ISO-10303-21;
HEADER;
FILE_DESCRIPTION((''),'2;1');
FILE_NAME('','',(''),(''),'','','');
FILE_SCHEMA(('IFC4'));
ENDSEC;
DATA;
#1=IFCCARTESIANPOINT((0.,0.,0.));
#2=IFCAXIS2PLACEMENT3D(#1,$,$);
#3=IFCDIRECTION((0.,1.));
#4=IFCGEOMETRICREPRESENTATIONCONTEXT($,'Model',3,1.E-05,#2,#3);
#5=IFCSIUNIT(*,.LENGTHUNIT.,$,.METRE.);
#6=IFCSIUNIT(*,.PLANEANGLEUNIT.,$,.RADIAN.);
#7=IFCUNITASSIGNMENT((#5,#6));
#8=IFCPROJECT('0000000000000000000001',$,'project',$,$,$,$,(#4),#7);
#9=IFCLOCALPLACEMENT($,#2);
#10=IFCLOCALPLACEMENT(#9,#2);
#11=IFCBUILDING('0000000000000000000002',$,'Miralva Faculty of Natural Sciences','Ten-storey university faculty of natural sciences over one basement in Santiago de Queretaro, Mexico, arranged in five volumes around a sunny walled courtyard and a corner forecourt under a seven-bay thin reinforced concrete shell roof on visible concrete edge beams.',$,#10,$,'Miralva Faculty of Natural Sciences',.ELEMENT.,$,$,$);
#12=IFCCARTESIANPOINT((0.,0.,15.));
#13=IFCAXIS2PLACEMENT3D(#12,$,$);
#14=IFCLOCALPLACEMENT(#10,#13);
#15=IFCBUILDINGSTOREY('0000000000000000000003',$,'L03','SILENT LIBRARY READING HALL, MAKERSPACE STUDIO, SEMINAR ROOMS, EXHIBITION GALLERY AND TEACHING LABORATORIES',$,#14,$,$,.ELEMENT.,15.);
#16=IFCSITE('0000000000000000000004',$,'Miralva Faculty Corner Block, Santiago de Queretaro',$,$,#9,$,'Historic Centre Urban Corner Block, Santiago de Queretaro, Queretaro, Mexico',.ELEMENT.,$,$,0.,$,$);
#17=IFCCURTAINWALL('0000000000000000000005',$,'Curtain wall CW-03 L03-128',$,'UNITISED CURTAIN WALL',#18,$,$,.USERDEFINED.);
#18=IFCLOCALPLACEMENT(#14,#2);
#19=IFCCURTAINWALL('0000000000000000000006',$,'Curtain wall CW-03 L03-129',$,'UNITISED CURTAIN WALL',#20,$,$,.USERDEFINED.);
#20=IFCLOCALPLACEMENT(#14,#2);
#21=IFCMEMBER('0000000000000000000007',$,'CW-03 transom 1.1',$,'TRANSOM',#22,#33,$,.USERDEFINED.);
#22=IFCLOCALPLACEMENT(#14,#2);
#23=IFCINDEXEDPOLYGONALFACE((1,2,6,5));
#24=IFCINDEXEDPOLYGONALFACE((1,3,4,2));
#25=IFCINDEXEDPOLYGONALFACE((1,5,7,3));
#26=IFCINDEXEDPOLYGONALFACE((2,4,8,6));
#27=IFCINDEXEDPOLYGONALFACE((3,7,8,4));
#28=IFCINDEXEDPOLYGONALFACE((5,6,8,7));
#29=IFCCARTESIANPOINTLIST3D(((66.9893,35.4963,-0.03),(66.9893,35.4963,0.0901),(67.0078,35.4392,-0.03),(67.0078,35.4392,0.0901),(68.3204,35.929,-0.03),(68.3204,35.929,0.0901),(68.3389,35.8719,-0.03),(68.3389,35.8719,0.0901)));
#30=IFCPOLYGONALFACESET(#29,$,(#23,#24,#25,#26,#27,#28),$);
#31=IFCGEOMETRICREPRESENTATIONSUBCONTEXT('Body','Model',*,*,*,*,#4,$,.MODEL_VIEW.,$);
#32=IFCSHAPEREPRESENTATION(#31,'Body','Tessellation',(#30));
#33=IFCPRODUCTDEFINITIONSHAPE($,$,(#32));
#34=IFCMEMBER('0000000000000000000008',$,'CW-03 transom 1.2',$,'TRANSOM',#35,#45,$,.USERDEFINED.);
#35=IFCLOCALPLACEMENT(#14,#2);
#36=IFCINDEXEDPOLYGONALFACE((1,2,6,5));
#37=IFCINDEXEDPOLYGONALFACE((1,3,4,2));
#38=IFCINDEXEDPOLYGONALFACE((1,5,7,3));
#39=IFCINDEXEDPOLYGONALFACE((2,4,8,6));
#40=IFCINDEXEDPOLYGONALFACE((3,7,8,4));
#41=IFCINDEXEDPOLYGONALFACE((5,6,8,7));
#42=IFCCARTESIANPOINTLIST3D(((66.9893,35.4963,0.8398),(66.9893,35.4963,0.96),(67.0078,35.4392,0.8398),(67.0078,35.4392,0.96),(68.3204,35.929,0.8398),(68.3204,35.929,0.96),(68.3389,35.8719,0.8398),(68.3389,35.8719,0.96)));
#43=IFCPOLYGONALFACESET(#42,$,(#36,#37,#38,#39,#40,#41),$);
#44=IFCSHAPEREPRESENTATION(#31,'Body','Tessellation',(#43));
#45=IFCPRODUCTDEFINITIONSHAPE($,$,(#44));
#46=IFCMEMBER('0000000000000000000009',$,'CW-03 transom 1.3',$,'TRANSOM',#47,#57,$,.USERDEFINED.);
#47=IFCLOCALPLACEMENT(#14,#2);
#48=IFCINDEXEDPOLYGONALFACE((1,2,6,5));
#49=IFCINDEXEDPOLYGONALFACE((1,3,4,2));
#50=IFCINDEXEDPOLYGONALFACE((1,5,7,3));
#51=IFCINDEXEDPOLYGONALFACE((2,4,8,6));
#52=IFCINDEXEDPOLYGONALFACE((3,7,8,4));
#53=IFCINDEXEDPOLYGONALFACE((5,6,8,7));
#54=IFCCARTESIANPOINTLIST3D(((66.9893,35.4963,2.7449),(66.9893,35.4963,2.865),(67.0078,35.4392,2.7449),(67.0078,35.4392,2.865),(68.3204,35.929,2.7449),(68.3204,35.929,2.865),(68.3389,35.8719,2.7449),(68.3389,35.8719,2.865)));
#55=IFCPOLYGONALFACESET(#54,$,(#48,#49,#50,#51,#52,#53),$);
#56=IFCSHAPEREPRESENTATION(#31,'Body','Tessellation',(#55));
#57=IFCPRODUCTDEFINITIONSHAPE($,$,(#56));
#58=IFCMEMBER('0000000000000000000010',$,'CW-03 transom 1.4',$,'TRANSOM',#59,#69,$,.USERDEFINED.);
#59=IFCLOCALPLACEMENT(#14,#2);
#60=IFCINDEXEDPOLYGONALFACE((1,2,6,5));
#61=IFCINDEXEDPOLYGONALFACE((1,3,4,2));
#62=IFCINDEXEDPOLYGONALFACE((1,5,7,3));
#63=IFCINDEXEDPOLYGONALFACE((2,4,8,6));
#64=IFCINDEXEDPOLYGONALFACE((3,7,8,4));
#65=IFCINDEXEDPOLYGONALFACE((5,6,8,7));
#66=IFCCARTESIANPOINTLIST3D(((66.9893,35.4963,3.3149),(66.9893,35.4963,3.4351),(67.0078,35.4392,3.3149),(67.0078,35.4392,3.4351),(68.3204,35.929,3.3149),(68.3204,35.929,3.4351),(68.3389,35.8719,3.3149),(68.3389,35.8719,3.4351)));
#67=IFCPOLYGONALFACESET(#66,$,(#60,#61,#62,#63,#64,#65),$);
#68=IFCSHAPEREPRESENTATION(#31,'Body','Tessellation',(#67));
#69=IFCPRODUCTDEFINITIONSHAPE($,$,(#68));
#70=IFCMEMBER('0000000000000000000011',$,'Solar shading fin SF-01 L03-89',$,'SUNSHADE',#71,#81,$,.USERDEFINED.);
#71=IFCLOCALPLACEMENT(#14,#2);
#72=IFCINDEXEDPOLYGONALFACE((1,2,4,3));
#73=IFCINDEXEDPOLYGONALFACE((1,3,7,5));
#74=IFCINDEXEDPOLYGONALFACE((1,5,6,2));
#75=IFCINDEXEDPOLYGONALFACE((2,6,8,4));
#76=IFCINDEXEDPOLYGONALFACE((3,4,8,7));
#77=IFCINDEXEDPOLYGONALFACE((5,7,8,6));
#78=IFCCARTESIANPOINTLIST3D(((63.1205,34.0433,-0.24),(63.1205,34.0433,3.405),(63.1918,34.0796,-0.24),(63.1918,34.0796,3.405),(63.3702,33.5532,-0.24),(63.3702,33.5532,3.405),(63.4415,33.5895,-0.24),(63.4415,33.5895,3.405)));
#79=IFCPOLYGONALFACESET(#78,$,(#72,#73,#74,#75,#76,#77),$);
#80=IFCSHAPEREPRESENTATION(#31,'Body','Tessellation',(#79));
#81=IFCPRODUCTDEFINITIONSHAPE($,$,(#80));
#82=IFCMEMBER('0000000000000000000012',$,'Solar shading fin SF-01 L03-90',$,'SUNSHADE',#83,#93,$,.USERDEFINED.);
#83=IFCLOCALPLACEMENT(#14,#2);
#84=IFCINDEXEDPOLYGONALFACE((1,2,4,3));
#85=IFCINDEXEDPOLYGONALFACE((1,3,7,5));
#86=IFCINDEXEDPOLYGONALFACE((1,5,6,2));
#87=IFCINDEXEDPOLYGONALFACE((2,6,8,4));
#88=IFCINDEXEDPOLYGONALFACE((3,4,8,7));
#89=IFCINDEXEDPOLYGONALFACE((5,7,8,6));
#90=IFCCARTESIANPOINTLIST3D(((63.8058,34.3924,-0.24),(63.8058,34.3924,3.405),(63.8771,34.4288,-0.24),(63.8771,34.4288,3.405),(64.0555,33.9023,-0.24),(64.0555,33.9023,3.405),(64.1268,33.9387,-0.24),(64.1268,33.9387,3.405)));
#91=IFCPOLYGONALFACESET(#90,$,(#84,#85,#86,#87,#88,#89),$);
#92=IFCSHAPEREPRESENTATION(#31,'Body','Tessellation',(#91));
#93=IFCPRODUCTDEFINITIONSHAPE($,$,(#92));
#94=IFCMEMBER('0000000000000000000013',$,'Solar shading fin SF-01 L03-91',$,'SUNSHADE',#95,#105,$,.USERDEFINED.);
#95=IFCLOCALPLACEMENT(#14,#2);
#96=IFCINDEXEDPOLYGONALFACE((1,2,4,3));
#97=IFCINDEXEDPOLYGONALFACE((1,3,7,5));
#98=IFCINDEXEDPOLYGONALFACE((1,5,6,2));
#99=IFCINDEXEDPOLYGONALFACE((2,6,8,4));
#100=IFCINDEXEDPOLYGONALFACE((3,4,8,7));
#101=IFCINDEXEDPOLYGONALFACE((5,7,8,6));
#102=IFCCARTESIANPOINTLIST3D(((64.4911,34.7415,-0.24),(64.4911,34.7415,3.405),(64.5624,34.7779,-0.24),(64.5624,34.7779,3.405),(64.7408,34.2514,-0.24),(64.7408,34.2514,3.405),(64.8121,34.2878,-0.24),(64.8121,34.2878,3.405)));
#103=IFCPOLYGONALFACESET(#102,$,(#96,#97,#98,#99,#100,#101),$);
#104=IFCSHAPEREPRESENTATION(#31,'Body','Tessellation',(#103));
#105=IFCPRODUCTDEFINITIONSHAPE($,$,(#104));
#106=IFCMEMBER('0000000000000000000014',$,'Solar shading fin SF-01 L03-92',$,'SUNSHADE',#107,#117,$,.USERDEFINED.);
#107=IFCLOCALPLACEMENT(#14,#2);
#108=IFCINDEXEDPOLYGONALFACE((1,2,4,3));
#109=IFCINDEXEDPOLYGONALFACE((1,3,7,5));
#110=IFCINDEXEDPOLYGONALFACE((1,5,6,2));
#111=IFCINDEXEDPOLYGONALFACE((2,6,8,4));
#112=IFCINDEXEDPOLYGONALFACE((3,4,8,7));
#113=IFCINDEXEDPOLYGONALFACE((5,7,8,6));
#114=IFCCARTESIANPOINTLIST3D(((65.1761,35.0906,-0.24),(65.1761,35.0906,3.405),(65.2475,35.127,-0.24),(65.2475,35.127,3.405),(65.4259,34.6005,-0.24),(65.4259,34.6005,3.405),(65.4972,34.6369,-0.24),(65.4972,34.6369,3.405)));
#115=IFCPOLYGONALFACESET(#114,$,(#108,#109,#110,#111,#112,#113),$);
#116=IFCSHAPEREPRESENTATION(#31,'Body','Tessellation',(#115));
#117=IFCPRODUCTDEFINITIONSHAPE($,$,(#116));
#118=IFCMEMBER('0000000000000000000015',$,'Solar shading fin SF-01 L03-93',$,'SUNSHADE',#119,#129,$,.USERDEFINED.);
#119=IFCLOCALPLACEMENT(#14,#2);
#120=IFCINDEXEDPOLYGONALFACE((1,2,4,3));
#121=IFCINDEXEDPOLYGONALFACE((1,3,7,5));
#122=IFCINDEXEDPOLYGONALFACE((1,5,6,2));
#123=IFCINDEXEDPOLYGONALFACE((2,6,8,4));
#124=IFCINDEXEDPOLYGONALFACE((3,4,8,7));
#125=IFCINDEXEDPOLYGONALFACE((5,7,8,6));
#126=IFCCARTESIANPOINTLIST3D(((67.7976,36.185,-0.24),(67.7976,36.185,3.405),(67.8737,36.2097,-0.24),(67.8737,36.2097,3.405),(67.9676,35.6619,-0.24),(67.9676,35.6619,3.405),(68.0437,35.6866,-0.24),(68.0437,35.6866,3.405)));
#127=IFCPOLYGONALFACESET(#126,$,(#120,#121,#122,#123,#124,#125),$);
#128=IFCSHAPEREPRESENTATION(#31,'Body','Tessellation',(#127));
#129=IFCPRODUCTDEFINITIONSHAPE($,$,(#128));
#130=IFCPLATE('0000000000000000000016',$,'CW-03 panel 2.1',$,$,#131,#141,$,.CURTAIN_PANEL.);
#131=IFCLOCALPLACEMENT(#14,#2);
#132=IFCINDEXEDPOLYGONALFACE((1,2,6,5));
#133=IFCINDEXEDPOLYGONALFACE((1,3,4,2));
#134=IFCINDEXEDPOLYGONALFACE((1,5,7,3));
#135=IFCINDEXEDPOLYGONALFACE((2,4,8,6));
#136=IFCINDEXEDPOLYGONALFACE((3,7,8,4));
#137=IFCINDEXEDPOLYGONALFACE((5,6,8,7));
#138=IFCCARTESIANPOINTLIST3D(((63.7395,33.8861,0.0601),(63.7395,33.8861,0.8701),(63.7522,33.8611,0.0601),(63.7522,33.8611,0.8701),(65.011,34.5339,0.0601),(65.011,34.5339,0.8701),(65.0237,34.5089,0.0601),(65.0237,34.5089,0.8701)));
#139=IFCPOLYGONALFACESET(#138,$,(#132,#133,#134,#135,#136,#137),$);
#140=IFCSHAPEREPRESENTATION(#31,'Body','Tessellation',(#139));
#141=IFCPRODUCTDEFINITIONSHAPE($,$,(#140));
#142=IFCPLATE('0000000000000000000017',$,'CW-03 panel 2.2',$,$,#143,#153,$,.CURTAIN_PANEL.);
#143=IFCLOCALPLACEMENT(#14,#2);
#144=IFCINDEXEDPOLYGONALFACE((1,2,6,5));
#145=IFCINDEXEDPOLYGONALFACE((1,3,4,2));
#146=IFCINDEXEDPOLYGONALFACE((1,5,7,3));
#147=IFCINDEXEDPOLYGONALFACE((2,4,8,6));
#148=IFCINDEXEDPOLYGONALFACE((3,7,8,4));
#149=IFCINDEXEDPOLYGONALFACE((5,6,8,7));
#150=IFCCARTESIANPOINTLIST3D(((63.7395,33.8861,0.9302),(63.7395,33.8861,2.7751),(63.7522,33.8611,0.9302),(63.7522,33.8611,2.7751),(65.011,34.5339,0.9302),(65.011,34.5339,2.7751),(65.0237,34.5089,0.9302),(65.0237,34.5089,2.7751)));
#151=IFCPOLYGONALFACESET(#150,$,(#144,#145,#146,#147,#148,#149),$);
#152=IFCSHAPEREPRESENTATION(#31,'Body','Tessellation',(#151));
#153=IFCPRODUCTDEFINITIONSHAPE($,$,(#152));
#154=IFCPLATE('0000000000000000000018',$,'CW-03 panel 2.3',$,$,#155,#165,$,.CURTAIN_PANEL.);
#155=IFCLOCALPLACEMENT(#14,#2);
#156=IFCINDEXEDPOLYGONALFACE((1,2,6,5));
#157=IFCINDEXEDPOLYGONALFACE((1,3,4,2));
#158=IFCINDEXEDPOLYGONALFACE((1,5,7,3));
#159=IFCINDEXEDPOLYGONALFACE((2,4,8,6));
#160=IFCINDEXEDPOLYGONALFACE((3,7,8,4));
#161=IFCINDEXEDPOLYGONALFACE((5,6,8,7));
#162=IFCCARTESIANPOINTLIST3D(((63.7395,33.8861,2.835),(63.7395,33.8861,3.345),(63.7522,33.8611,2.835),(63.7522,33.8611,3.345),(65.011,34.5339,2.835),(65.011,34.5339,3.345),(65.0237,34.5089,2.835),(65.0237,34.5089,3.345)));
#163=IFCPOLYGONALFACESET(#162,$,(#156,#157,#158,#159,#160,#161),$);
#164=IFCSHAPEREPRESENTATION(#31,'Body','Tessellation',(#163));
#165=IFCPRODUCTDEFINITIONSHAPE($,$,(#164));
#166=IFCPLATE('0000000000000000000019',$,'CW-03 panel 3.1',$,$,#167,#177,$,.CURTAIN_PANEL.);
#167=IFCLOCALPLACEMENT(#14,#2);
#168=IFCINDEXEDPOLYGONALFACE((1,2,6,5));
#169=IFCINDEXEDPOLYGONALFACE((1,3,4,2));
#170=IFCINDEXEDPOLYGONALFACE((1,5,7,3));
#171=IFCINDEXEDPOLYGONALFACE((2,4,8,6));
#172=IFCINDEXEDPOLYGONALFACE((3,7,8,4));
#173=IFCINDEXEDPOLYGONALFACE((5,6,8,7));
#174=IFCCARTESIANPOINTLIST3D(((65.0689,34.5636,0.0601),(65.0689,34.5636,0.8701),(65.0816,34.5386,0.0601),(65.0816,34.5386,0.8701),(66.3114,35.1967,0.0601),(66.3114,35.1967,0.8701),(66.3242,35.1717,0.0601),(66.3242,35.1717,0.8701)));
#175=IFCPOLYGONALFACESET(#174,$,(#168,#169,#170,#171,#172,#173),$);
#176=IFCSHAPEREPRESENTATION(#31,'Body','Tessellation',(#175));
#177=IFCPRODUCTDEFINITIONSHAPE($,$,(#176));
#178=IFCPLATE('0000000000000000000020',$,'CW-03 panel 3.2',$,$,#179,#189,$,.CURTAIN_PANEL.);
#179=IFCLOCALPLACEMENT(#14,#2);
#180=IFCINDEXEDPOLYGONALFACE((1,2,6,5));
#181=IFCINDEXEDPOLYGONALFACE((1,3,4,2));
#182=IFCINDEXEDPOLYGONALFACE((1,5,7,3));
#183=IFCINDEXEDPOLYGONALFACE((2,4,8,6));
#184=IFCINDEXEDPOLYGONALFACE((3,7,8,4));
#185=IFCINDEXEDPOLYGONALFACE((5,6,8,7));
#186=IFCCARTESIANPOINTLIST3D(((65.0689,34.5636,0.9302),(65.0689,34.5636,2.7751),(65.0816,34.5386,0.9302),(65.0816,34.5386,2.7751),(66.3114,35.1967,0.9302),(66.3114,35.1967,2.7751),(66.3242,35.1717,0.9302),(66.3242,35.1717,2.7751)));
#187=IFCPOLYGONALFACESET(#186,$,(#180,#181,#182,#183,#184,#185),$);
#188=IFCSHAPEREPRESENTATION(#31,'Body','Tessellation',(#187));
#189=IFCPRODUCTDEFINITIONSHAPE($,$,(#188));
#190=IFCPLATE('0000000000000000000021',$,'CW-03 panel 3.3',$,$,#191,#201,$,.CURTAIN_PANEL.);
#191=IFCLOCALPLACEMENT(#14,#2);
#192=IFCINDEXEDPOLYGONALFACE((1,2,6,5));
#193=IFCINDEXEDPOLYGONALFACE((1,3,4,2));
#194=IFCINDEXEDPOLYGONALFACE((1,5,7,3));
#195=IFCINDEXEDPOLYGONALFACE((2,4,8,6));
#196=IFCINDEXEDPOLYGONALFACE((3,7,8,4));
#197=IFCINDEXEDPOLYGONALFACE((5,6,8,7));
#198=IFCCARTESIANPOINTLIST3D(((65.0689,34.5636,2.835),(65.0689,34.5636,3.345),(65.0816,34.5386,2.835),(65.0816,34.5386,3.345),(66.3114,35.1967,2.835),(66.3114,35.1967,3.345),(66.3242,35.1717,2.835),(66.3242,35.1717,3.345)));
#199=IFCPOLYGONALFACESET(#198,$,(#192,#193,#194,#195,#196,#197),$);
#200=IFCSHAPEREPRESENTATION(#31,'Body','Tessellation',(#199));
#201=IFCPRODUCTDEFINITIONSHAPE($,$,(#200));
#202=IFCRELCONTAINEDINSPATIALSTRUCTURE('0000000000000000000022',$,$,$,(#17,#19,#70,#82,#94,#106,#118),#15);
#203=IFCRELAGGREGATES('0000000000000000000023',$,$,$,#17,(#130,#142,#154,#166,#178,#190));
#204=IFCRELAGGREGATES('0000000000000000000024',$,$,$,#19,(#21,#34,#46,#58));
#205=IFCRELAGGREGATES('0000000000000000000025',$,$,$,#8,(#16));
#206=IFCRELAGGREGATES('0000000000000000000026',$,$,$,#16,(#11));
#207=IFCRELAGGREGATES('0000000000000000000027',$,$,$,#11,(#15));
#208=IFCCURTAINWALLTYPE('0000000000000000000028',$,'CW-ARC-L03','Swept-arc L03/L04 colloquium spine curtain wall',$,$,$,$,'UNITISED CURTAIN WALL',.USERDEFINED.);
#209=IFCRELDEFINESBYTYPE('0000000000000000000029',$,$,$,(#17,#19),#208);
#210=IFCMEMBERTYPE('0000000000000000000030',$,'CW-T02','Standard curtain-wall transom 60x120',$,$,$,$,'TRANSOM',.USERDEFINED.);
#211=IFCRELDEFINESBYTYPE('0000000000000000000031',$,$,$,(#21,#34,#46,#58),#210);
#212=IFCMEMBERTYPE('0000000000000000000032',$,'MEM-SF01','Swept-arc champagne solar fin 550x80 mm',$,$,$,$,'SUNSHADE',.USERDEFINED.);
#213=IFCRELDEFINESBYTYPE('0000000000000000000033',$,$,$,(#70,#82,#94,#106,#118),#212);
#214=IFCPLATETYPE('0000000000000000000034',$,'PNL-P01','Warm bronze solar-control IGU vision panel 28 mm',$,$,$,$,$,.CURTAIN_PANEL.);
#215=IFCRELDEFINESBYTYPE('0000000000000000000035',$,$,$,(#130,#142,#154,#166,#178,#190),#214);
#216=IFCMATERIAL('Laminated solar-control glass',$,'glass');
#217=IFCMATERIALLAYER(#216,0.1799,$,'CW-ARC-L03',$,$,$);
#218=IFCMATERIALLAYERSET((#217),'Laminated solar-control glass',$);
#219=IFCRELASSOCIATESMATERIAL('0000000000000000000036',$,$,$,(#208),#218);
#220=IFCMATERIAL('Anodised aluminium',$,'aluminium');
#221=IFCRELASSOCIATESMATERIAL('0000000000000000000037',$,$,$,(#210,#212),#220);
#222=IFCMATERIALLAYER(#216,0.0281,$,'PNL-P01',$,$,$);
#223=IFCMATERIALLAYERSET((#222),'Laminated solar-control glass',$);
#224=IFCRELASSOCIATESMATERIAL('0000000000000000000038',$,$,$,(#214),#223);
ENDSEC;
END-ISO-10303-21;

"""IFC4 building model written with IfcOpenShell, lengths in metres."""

from ifc_helpers import new_model, si_unit, direction, frame, origin, origin_2d, place, context, subcontext, project, spatial, rectangle, extrude, material, layer, layer_set, material_profile, profile_set, type_object, element, aggregate, save


model = new_model("IFC4")

# Units and contexts
model_context = context("Model", 3, precision=1e-05, world=origin(), true_north=direction((0.0, 1.0)))
body_context = subcontext(model_context, "Body", "Model", "MODEL_VIEW")
ifc_project = project(units=[si_unit("LENGTHUNIT", "METRE"), si_unit("PLANEANGLEUNIT", "RADIAN")], contexts=[model_context])

# Site, building, storey
site_placement = place(None, origin())
site = spatial("IfcSite", under=ifc_project, at=site_placement, Name="Miralva Faculty Corner Block, Santiago de Queretaro", LongName="Historic Centre Urban Corner Block, Santiago de Queretaro, Queretaro, Mexico", CompositionType="ELEMENT", RefElevation=0.0)
building_placement = place(site_placement, origin())
building = spatial("IfcBuilding", under=site, at=building_placement, Name="Miralva Faculty of Natural Sciences", Description="Ten-storey university faculty of natural sciences over one basement in Santiago de Queretaro, Mexico, arranged in five volumes around a sunny walled courtyard and a corner forecourt under a seven-bay thin reinforced concrete shell roof on visible concrete edge beams.", LongName="Miralva Faculty of Natural Sciences", CompositionType="ELEMENT")
storey_placement = place(building_placement, frame((0.0, 0.0, 15.0)))
storey = spatial("IfcBuildingStorey", under=building, at=storey_placement, Name="L03", Description="SILENT LIBRARY READING HALL, MAKERSPACE STUDIO, SEMINAR ROOMS, EXHIBITION GALLERY AND TEACHING LABORATORIES", CompositionType="ELEMENT", Elevation=15.0)

# Curtain wall
ifc_material_1 = material(Name="Laminated solar-control glass", Category="glass")
ifc_layer_1 = layer(ifc_material_1, 0.1799, Name="CW-ARC-L03")
ifc_layer_set_1 = layer_set([ifc_layer_1], Name="Laminated solar-control glass")
curtain_wall_type = type_object("IfcCurtainWallType", Name="CW-ARC-L03", Description="Swept-arc L03/L04 colloquium spine curtain wall", ElementType="UNITISED CURTAIN WALL", PredefinedType="USERDEFINED", material=ifc_layer_set_1)
curtain_wall_1_placement = place(storey_placement, origin())
curtain_wall_1 = element("IfcCurtainWall", 1, at=curtain_wall_1_placement, inside=storey, type_object=curtain_wall_type, Name="Curtain wall CW-03 L03-128", ObjectType="UNITISED CURTAIN WALL", PredefinedType="USERDEFINED")
ifc_material_2 = material(Name="Anodised aluminium", Category="aluminium")

# Curtain wall
curtain_wall_2_placement = place(storey_placement, origin())
curtain_wall_2 = element("IfcCurtainWall", 2, at=curtain_wall_2_placement, inside=storey, type_object=curtain_wall_type, Name="Curtain wall CW-03 L03-129", ObjectType="UNITISED CURTAIN WALL", PredefinedType="USERDEFINED")

# Members
ifc_material_profile_1 = material_profile(ifc_material_2, rectangle(XDim=0.0601, YDim=0.1201, at=origin_2d()), Name="TRANSOM 60x120")
ifc_profile_set_1 = profile_set([ifc_material_profile_1], Name="Anodised aluminium")
member_type_1 = type_object("IfcMemberType", Name="CW-T02", Description="Standard curtain-wall transom 60x120", ElementType="TRANSOM", PredefinedType="USERDEFINED", material=ifc_profile_set_1)
member_1_placement = place(storey_placement, frame((66.9985, 35.4678, 0.03), z_axis=(0.951029, 0.309102, 0.0), x_axis=(-0.309102, 0.951029, 0.0)))
member_1 = element("IfcMember", 3, at=member_1_placement, type_object=member_type_1, Name="CW-03 transom 1.1", ObjectType="TRANSOM", PredefinedType="USERDEFINED", context=body_context, shape_type="SweptSolid", body=[
    extrude(rectangle(XDim=0.0601, YDim=0.1201, at=origin_2d()), origin(), (0.0, 0.0, 1.0), 1.3997),
])
member_2_placement = place(storey_placement, frame((66.9985, 35.4678, 0.8999), z_axis=(0.951029, 0.309102, 0.0), x_axis=(-0.309102, 0.951029, 0.0)))
member_2 = element("IfcMember", 4, at=member_2_placement, type_object=member_type_1, Name="CW-03 transom 1.2", ObjectType="TRANSOM", PredefinedType="USERDEFINED", context=body_context, shape_type="SweptSolid", body=[
    extrude(rectangle(XDim=0.0601, YDim=0.1201, at=origin_2d()), origin(), (0.0, 0.0, 1.0), 1.3997),
])
member_3_placement = place(storey_placement, frame((66.9985, 35.4678, 2.8049), z_axis=(0.951029, 0.309102, 0.0), x_axis=(-0.309102, 0.951029, 0.0)))
member_3 = element("IfcMember", 5, at=member_3_placement, type_object=member_type_1, Name="CW-03 transom 1.3", ObjectType="TRANSOM", PredefinedType="USERDEFINED", context=body_context, shape_type="SweptSolid", body=[
    extrude(rectangle(XDim=0.0601, YDim=0.1201, at=origin_2d()), origin(), (0.0, 0.0, 1.0), 1.3997),
])
member_4_placement = place(storey_placement, frame((66.9985, 35.4678, 3.375), z_axis=(0.951029, 0.309102, 0.0), x_axis=(-0.309102, 0.951029, 0.0)))
member_4 = element("IfcMember", 6, at=member_4_placement, type_object=member_type_1, Name="CW-03 transom 1.4", ObjectType="TRANSOM", PredefinedType="USERDEFINED", context=body_context, shape_type="SweptSolid", body=[
    extrude(rectangle(XDim=0.0601, YDim=0.1201, at=origin_2d()), origin(), (0.0, 0.0, 1.0), 1.3997),
])

# Members
ifc_material_profile_2 = material_profile(ifc_material_2, rectangle(XDim=0.0801, YDim=0.55, at=origin_2d()), Name="FIN 550x80")
ifc_profile_set_2 = profile_set([ifc_material_profile_2], Name="Anodised aluminium")
member_type_2 = type_object("IfcMemberType", Name="MEM-SF01", Description="Swept-arc champagne solar fin 550x80 mm", ElementType="SUNSHADE", PredefinedType="USERDEFINED", material=ifc_profile_set_2)
for number, where, z_axis, x_axis, name in (
    (7, (63.281, 33.8164, -0.24), (0.0, 0.0, 1.0), (-0.891007, -0.45399, 0.0), "Solar shading fin SF-01 L03-89"),
    (8, (63.9663, 34.1655, -0.24), (0.0, 0.0, 1.0), (-0.891007, -0.45399, 0.0), "Solar shading fin SF-01 L03-90"),
    (9, (64.6516, 34.5146, -0.24), (0.0, 0.0, 1.0), (-0.891007, -0.45399, 0.0), "Solar shading fin SF-01 L03-91"),
    (10, (65.3367, 34.8638, -0.24), (0.0, 0.0, 1.0), (-0.891007, -0.45399, 0.0), "Solar shading fin SF-01 L03-92"),
    (11, (67.9207, 35.9358, -0.24), (0.0, 0.0, 1.0), (-0.951057, -0.309017, 0.0), "Solar shading fin SF-01 L03-93"),
):
    element("IfcMember", number, at=place(storey_placement, frame(where, z_axis=z_axis, x_axis=x_axis)), inside=storey, type_object=member_type_2, Name=name, ObjectType="SUNSHADE", PredefinedType="USERDEFINED", context=body_context, shape_type="SweptSolid", body=[
        extrude(rectangle(XDim=0.0801, YDim=0.55, at=origin_2d()), origin(), (0.0, 0.0, 1.0), 3.645),
    ])

# Plates
ifc_layer_2 = layer(ifc_material_1, 0.0281, Name="PNL-P01")
ifc_layer_set_2 = layer_set([ifc_layer_2], Name="Laminated solar-control glass")
plate_type = type_object("IfcPlateType", Name="PNL-P01", Description="Warm bronze solar-control IGU vision panel 28 mm", PredefinedType="CURTAIN_PANEL", material=ifc_layer_set_2)
plate_1_placement = place(storey_placement, frame((64.3816, 34.1975, 0.0601), z_axis=(0.0, 0.0, 1.0), x_axis=(0.891015, 0.453975, 0.0)))
plate_1 = element("IfcPlate", 12, at=plate_1_placement, type_object=plate_type, Name="CW-03 panel 2.1", PredefinedType="CURTAIN_PANEL", context=body_context, shape_type="SweptSolid", body=[
    extrude(rectangle(XDim=1.427, YDim=0.0281, at=origin_2d()), origin(), (0.0, 0.0, 1.0), 0.8101),
])
plate_2_placement = place(storey_placement, frame((64.3816, 34.1975, 0.9302), z_axis=(0.0, 0.0, 1.0), x_axis=(0.891015, 0.453975, 0.0)))
plate_2 = element("IfcPlate", 13, at=plate_2_placement, type_object=plate_type, Name="CW-03 panel 2.2", PredefinedType="CURTAIN_PANEL", context=body_context, shape_type="SweptSolid", body=[
    extrude(rectangle(XDim=1.427, YDim=0.0281, at=origin_2d()), origin(), (0.0, 0.0, 1.0), 1.845),
])
plate_3_placement = place(storey_placement, frame((64.3816, 34.1975, 2.835), z_axis=(0.0, 0.0, 1.0), x_axis=(0.891015, 0.453975, 0.0)))
plate_3 = element("IfcPlate", 14, at=plate_3_placement, type_object=plate_type, Name="CW-03 panel 2.3", PredefinedType="CURTAIN_PANEL", context=body_context, shape_type="SweptSolid", body=[
    extrude(rectangle(XDim=1.427, YDim=0.0281, at=origin_2d()), origin(), (0.0, 0.0, 1.0), 0.51),
])
plate_4_placement = place(storey_placement, frame((65.6965, 34.8677, 0.0601), z_axis=(0.0, 0.0, 1.0), x_axis=(0.891015, 0.453975, 0.0)))
plate_4 = element("IfcPlate", 15, at=plate_4_placement, type_object=plate_type, Name="CW-03 panel 3.1", PredefinedType="CURTAIN_PANEL", context=body_context, shape_type="SweptSolid", body=[
    extrude(rectangle(XDim=1.3945, YDim=0.0281, at=origin_2d()), origin(), (0.0, 0.0, 1.0), 0.8101),
])
plate_5_placement = place(storey_placement, frame((65.6965, 34.8677, 0.9302), z_axis=(0.0, 0.0, 1.0), x_axis=(0.891015, 0.453975, 0.0)))
plate_5 = element("IfcPlate", 16, at=plate_5_placement, type_object=plate_type, Name="CW-03 panel 3.2", PredefinedType="CURTAIN_PANEL", context=body_context, shape_type="SweptSolid", body=[
    extrude(rectangle(XDim=1.3945, YDim=0.0281, at=origin_2d()), origin(), (0.0, 0.0, 1.0), 1.845),
])
plate_6_placement = place(storey_placement, frame((65.6965, 34.8677, 2.835), z_axis=(0.0, 0.0, 1.0), x_axis=(0.891015, 0.453975, 0.0)))
plate_6 = element("IfcPlate", 17, at=plate_6_placement, type_object=plate_type, Name="CW-03 panel 3.3", PredefinedType="CURTAIN_PANEL", context=body_context, shape_type="SweptSolid", body=[
    extrude(rectangle(XDim=1.3945, YDim=0.0281, at=origin_2d()), origin(), (0.0, 0.0, 1.0), 0.51),
])
aggregate(curtain_wall_1, [plate_1, plate_2, plate_3, plate_4, plate_5, plate_6])
aggregate(curtain_wall_2, [member_1, member_2, member_3, member_4])

save(model, "model.ifc")
